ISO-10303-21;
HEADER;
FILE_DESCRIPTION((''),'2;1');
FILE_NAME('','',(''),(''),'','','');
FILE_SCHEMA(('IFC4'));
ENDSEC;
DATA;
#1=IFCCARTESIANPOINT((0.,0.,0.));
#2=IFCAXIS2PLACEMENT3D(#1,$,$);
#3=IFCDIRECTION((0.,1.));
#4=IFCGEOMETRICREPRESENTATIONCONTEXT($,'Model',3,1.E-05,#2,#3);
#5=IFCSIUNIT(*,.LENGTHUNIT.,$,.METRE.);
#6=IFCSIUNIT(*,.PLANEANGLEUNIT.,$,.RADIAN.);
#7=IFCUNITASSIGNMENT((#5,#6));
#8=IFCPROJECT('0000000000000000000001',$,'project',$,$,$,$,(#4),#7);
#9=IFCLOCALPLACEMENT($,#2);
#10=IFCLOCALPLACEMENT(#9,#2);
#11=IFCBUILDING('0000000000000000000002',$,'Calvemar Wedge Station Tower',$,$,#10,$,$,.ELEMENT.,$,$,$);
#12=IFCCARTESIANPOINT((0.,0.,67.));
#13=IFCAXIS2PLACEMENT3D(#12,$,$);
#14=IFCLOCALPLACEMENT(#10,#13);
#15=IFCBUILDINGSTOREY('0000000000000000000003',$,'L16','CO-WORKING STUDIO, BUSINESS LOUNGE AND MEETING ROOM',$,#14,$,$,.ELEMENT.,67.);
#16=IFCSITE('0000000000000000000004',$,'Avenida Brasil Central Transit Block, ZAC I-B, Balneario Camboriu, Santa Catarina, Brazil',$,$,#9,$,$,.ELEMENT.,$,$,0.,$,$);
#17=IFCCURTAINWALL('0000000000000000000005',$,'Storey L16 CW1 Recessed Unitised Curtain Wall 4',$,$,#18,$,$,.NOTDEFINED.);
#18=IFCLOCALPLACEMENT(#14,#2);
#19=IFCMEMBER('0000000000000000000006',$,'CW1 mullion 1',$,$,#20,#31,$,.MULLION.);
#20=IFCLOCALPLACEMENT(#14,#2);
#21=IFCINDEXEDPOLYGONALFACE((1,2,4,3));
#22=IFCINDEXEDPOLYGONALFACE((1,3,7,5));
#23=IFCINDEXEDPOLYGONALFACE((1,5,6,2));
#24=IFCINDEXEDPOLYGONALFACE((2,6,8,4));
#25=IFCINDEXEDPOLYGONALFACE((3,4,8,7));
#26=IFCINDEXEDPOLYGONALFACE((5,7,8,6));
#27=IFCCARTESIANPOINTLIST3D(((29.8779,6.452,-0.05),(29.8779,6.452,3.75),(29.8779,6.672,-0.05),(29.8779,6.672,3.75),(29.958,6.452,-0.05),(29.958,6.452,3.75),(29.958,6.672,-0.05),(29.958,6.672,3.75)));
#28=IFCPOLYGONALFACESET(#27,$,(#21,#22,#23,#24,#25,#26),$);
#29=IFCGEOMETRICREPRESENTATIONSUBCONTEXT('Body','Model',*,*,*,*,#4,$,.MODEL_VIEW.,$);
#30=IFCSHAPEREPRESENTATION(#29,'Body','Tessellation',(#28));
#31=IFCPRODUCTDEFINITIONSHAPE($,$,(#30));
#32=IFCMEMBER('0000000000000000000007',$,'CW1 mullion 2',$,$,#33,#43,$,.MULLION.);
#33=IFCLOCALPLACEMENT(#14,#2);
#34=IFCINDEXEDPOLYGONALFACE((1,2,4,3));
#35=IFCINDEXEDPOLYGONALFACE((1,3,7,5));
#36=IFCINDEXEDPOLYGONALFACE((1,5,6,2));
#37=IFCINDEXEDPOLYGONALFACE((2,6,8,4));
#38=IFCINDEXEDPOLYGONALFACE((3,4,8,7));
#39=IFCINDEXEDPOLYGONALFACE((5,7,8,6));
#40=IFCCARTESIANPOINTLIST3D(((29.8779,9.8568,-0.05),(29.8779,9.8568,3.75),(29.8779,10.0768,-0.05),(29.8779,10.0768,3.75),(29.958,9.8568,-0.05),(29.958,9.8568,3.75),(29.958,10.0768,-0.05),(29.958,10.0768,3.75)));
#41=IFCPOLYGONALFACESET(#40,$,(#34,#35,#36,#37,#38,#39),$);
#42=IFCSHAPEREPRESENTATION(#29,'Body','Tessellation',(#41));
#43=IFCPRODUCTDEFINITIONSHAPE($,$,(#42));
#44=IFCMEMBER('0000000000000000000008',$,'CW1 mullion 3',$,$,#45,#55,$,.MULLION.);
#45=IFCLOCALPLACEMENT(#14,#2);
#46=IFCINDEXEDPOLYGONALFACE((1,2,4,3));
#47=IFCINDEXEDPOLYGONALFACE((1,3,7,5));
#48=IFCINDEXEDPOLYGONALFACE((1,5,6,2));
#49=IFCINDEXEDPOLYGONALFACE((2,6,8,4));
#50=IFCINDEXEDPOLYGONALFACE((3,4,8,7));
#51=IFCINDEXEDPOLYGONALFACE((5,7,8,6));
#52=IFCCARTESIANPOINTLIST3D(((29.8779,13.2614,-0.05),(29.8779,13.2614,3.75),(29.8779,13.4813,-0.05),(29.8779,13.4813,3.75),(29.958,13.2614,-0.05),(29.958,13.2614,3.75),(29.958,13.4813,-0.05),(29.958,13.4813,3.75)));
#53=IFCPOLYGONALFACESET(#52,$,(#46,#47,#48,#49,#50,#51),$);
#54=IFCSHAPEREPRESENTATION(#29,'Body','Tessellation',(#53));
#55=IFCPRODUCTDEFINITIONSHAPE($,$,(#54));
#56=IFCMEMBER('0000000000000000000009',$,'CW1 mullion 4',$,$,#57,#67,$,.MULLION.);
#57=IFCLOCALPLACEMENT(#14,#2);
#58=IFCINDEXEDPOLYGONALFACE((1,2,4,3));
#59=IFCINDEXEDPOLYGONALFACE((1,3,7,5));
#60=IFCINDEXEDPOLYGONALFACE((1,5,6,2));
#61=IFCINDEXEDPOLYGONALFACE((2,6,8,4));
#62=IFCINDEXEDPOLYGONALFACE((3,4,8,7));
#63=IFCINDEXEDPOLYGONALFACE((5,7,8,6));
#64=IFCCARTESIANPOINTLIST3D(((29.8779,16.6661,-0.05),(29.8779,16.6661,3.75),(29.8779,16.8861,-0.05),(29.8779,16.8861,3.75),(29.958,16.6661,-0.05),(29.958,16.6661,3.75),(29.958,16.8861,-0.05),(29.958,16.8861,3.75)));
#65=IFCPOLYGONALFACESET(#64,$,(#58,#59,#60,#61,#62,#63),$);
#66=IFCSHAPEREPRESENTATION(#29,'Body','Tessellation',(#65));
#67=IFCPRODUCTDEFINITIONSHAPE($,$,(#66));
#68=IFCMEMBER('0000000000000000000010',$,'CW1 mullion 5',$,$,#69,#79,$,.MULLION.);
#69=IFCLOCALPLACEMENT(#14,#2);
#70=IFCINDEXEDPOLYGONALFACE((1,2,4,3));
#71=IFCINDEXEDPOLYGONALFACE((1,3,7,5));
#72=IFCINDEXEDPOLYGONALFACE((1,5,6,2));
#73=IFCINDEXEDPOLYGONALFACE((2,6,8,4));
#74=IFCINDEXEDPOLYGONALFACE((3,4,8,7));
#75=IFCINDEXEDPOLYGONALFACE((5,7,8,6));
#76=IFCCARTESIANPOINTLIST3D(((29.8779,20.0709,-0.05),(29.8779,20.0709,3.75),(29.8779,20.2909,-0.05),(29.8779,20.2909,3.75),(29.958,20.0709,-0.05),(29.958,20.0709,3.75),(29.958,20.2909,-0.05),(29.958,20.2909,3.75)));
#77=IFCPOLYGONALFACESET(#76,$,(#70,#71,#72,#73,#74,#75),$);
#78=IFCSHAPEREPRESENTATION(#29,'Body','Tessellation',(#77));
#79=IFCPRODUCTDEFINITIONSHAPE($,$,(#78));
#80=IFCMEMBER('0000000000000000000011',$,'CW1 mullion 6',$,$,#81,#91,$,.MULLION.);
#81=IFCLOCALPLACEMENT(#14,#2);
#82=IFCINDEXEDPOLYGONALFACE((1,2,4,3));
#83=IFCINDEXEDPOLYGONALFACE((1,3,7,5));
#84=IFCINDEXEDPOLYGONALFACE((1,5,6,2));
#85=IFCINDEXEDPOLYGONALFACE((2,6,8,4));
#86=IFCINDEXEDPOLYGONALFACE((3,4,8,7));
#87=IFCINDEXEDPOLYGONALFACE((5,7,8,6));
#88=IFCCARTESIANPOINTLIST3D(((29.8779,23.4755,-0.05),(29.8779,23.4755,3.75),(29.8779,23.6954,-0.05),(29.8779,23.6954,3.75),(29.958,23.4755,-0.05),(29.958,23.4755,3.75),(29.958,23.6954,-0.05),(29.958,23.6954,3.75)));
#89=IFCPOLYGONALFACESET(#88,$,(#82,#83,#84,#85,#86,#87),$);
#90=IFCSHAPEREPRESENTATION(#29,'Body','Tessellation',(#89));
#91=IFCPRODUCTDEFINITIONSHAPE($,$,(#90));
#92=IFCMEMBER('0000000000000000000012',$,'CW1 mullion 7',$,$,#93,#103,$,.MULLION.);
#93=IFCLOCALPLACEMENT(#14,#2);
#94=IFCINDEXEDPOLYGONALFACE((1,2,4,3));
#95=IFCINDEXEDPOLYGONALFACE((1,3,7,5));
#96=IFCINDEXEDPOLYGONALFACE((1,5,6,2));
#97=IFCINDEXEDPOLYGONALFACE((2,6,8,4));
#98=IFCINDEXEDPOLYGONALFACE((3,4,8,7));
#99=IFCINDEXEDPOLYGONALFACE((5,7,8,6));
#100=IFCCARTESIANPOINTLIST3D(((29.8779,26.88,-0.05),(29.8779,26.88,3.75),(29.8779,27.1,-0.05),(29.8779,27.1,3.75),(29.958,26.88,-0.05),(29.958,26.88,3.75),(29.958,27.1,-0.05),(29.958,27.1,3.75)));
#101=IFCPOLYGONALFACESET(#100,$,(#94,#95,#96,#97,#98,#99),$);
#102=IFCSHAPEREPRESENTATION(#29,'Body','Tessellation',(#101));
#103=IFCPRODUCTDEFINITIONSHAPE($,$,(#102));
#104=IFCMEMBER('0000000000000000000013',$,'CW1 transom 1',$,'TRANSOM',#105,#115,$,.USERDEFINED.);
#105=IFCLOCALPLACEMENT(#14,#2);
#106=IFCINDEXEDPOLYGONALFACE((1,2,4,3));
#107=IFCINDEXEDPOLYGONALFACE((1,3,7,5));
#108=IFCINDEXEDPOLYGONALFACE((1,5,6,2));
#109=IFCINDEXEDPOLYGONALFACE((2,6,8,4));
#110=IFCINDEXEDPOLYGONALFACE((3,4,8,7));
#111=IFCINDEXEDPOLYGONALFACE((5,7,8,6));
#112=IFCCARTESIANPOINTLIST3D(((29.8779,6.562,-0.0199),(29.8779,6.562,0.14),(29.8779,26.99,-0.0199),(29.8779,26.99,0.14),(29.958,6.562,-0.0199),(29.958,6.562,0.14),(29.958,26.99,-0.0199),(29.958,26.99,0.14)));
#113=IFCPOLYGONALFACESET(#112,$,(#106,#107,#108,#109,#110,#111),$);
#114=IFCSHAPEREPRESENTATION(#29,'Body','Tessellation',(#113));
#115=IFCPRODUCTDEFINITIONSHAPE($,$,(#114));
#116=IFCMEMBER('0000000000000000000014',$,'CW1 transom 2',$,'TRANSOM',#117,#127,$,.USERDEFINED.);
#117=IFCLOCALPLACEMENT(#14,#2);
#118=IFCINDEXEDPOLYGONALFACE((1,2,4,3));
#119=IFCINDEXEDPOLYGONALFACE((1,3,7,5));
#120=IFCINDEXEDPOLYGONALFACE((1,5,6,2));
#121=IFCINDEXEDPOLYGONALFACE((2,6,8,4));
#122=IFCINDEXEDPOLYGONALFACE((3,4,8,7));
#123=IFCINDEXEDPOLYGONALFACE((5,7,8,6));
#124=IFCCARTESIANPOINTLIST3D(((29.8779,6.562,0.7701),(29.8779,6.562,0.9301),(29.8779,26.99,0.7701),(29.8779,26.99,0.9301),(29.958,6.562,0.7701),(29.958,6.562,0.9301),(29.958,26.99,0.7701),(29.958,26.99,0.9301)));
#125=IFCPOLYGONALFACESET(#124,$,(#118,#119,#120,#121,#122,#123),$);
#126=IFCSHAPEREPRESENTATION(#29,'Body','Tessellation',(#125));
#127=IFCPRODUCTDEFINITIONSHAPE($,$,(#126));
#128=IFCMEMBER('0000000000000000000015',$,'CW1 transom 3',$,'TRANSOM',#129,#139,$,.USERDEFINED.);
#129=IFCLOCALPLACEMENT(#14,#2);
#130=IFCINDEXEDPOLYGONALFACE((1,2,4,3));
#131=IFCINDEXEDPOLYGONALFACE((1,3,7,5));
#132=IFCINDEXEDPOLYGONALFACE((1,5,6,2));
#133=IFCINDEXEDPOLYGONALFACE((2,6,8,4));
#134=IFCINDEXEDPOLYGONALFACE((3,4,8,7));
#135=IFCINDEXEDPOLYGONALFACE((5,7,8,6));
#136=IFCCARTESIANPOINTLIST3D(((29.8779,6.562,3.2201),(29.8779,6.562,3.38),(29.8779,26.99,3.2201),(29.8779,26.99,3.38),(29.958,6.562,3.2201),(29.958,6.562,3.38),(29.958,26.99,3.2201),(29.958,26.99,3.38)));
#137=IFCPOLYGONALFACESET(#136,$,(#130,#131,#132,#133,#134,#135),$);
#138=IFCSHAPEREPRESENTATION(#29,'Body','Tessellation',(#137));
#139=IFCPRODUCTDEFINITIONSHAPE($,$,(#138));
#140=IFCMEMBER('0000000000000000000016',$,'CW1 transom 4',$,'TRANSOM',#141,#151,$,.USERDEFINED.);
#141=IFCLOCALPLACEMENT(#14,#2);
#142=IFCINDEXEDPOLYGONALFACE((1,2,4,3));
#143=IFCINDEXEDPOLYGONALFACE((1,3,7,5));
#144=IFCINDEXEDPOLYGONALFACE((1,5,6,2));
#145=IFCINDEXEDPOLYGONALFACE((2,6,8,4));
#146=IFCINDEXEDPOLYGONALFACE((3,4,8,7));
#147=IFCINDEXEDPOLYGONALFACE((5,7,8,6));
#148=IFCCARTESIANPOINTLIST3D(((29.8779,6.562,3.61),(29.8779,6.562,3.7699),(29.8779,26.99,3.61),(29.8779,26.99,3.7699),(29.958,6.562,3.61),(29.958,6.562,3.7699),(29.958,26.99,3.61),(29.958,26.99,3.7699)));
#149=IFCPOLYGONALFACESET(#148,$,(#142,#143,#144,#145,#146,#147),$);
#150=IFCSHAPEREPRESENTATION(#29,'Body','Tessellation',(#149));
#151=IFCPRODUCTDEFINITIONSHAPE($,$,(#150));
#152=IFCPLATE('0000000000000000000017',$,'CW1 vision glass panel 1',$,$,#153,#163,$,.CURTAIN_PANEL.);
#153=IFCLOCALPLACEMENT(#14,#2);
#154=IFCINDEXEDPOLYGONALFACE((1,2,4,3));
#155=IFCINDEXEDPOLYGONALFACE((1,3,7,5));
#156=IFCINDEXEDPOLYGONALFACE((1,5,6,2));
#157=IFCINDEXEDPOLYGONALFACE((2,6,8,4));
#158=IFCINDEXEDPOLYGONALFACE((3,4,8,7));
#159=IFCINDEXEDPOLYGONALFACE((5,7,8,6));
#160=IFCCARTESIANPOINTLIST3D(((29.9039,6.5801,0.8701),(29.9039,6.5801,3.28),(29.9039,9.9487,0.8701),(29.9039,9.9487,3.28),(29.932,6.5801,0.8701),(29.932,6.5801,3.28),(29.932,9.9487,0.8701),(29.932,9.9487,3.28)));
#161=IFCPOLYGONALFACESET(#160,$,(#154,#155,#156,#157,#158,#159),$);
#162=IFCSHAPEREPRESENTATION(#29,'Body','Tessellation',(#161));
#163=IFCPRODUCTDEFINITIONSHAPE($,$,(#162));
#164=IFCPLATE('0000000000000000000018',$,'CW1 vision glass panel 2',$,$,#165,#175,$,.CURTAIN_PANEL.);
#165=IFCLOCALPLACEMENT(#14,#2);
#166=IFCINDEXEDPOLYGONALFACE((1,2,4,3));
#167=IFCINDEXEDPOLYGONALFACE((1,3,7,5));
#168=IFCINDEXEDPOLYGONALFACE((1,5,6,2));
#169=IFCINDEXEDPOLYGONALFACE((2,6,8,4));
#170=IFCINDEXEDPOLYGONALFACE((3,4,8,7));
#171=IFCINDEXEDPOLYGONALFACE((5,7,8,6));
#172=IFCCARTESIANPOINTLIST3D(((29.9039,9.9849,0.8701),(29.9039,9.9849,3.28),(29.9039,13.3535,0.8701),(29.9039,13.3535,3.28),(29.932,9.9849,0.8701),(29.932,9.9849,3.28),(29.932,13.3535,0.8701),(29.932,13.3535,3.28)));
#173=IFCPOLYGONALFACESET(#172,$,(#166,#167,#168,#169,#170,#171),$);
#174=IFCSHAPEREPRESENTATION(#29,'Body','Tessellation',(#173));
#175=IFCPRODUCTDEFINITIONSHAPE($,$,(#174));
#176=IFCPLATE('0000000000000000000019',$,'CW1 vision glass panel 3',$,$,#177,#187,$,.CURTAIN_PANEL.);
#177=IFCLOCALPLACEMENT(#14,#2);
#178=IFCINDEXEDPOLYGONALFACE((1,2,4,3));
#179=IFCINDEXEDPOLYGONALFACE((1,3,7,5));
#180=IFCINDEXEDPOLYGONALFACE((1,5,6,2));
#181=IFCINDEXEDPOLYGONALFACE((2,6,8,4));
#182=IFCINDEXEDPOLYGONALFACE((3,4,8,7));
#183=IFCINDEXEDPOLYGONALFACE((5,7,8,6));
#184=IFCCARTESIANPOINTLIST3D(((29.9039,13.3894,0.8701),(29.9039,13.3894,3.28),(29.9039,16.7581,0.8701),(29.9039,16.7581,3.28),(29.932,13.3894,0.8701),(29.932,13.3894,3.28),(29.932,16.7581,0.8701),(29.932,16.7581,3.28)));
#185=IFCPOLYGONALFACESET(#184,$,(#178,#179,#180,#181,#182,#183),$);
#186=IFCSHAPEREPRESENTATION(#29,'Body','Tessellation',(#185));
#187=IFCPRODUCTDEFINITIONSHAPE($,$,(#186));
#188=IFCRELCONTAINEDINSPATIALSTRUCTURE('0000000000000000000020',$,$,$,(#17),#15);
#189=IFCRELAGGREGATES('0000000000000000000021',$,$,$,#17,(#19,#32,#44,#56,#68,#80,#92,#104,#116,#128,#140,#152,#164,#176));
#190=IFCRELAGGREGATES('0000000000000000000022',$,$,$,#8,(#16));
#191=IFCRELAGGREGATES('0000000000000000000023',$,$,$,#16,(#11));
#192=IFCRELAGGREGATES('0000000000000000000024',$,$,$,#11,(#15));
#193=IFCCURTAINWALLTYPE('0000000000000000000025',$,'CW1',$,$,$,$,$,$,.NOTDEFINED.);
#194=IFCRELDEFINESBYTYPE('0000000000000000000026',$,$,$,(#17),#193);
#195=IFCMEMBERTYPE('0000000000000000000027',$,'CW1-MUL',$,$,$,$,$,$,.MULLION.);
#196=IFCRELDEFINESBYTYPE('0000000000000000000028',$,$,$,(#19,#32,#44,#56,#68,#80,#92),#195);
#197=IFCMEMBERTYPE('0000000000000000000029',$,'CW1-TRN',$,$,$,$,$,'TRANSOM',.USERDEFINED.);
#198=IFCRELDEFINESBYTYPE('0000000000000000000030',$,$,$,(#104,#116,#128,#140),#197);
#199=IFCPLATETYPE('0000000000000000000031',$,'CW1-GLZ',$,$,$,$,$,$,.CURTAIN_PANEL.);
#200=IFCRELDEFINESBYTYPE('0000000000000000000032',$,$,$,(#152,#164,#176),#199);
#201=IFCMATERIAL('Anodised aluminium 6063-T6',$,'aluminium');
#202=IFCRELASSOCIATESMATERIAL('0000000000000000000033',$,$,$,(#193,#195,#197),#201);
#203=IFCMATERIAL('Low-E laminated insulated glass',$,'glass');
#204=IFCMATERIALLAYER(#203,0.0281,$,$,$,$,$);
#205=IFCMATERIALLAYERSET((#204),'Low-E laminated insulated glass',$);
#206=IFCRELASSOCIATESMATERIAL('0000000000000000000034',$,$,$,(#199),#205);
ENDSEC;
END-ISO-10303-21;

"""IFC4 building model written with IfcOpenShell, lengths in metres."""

from ifc_helpers import new_model, si_unit, direction, frame, frame_2d, origin, origin_2d, place, context, subcontext, project, spatial, rectangle, extrude, source, transform, mapped, material, layer, layer_set, material_profile, profile_set, type_object, element, aggregate, save


model = new_model("IFC4")

# Units and contexts
model_context = context("Model", 3, precision=1e-05, world=origin(), true_north=direction((0.0, 1.0)))
body_context = subcontext(model_context, "Body", "Model", "MODEL_VIEW")
ifc_project = project(units=[si_unit("LENGTHUNIT", "METRE"), si_unit("PLANEANGLEUNIT", "RADIAN")], contexts=[model_context])

# Site, building, storey
site_placement = place(None, origin())
site = spatial("IfcSite", under=ifc_project, at=site_placement, Name="Avenida Brasil Central Transit Block, ZAC I-B, Balneario Camboriu, Santa Catarina, Brazil", CompositionType="ELEMENT", RefElevation=0.0)
building_placement = place(site_placement, origin())
building = spatial("IfcBuilding", under=site, at=building_placement, Name="Calvemar Wedge Station Tower", CompositionType="ELEMENT")
storey_placement = place(building_placement, frame((0.0, 0.0, 67.0)))
storey = spatial("IfcBuildingStorey", under=building, at=storey_placement, Name="L16", Description="CO-WORKING STUDIO, BUSINESS LOUNGE AND MEETING ROOM", CompositionType="ELEMENT", Elevation=67.0)

# Curtain wall, members, plates
ifc_material_1 = material(Name="Anodised aluminium 6063-T6", Category="aluminium")
curtain_wall_type = type_object("IfcCurtainWallType", Name="CW1", PredefinedType="NOTDEFINED", material=ifc_material_1)
curtain_wall_placement = place(storey_placement, origin())
curtain_wall = element("IfcCurtainWall", 1, at=curtain_wall_placement, inside=storey, type_object=curtain_wall_type, Name="Storey L16 CW1 Recessed Unitised Curtain Wall 4", PredefinedType="NOTDEFINED")
ifc_material_profile_1 = material_profile(ifc_material_1, rectangle(XDim=0.0801, YDim=0.22, at=origin_2d()), Name="AL-MUL-80x220")
ifc_profile_set_1 = profile_set([ifc_material_profile_1], Name="Anodised aluminium 6063-T6")
member_type_1 = type_object("IfcMemberType", Name="CW1-MUL", PredefinedType="MULLION", material=ifc_profile_set_1)
shared_shape_1 = source(origin(), body_context, "Body", "SweptSolid", [
    extrude(rectangle(XDim=0.0801, YDim=0.22, at=origin_2d()), origin(), (0.0, 0.0, 1.0), 3.8),
])
member_1_placement = place(storey_placement, frame((29.918, 6.562, -0.05), z_axis=(0.0, 0.0, 1.0), x_axis=(1.0, 0.0, 0.0)))
member_1 = element("IfcMember", 2, at=member_1_placement, type_object=member_type_1, Name="CW1 mullion 1", PredefinedType="MULLION", context=body_context, shape_type="MappedRepresentation", body=[
    mapped(shared_shape_1, transform((0.0, 0.0, 0.0), scale=1.0)),
])
member_2_placement = place(storey_placement, frame((29.918, 9.9668, -0.05), z_axis=(0.0, 0.0, 1.0), x_axis=(1.0, 0.0, 0.0)))
member_2 = element("IfcMember", 3, at=member_2_placement, type_object=member_type_1, Name="CW1 mullion 2", PredefinedType="MULLION", context=body_context, shape_type="MappedRepresentation", body=[
    mapped(shared_shape_1, transform((0.0, 0.0, 0.0), scale=1.0)),
])
member_3_placement = place(storey_placement, frame((29.918, 13.3713, -0.05), z_axis=(0.0, 0.0, 1.0), x_axis=(1.0, 0.0, 0.0)))
member_3 = element("IfcMember", 4, at=member_3_placement, type_object=member_type_1, Name="CW1 mullion 3", PredefinedType="MULLION", context=body_context, shape_type="MappedRepresentation", body=[
    mapped(shared_shape_1, transform((0.0, 0.0, 0.0), scale=1.0)),
])
member_4_placement = place(storey_placement, frame((29.918, 16.7761, -0.05), z_axis=(0.0, 0.0, 1.0), x_axis=(1.0, 0.0, 0.0)))
member_4 = element("IfcMember", 5, at=member_4_placement, type_object=member_type_1, Name="CW1 mullion 4", PredefinedType="MULLION", context=body_context, shape_type="MappedRepresentation", body=[
    mapped(shared_shape_1, transform((0.0, 0.0, 0.0), scale=1.0)),
])
member_5_placement = place(storey_placement, frame((29.918, 20.1809, -0.05), z_axis=(0.0, 0.0, 1.0), x_axis=(1.0, 0.0, 0.0)))
member_5 = element("IfcMember", 6, at=member_5_placement, type_object=member_type_1, Name="CW1 mullion 5", PredefinedType="MULLION", context=body_context, shape_type="MappedRepresentation", body=[
    mapped(shared_shape_1, transform((0.0, 0.0, 0.0), scale=1.0)),
])
member_6_placement = place(storey_placement, frame((29.918, 23.5854, -0.05), z_axis=(0.0, 0.0, 1.0), x_axis=(1.0, 0.0, 0.0)))
member_6 = element("IfcMember", 7, at=member_6_placement, type_object=member_type_1, Name="CW1 mullion 6", PredefinedType="MULLION", context=body_context, shape_type="MappedRepresentation", body=[
    mapped(shared_shape_1, transform((0.0, 0.0, 0.0), scale=1.0)),
])
member_7_placement = place(storey_placement, frame((29.918, 26.99, -0.05), z_axis=(0.0, 0.0, 1.0), x_axis=(1.0, 0.0, 0.0)))
member_7 = element("IfcMember", 8, at=member_7_placement, type_object=member_type_1, Name="CW1 mullion 7", PredefinedType="MULLION", context=body_context, shape_type="MappedRepresentation", body=[
    mapped(shared_shape_1, transform((0.0, 0.0, 0.0), scale=1.0)),
])
ifc_material_profile_2 = material_profile(ifc_material_1, rectangle(XDim=0.0801, YDim=0.1599, at=origin_2d()), Name="AL-TRN-80x160")
ifc_profile_set_2 = profile_set([ifc_material_profile_2], Name="Anodised aluminium 6063-T6")
member_type_2 = type_object("IfcMemberType", Name="CW1-TRN", ElementType="TRANSOM", PredefinedType="USERDEFINED", material=ifc_profile_set_2)
shared_shape_2 = source(origin(), body_context, "Body", "SweptSolid", [
    extrude(rectangle(XDim=0.0801, YDim=0.1599, at=origin_2d()), origin(), (0.0, 0.0, 1.0), 20.428),
])
member_8_placement = place(storey_placement, frame((29.918, 6.562, 0.0601), z_axis=(0.0, 1.0, 0.0), x_axis=(-1.0, 0.0, 0.0)))
member_8 = element("IfcMember", 9, at=member_8_placement, type_object=member_type_2, Name="CW1 transom 1", ObjectType="TRANSOM", PredefinedType="USERDEFINED", context=body_context, shape_type="MappedRepresentation", body=[
    mapped(shared_shape_2, transform((0.0, 0.0, 0.0), scale=1.0)),
])
member_9_placement = place(storey_placement, frame((29.918, 6.562, 0.8501), z_axis=(0.0, 1.0, 0.0), x_axis=(-1.0, 0.0, 0.0)))
member_9 = element("IfcMember", 10, at=member_9_placement, type_object=member_type_2, Name="CW1 transom 2", ObjectType="TRANSOM", PredefinedType="USERDEFINED", context=body_context, shape_type="MappedRepresentation", body=[
    mapped(shared_shape_2, transform((0.0, 0.0, 0.0), scale=1.0)),
])
member_10_placement = place(storey_placement, frame((29.918, 6.562, 3.3), z_axis=(0.0, 1.0, 0.0), x_axis=(-1.0, 0.0, 0.0)))
member_10 = element("IfcMember", 11, at=member_10_placement, type_object=member_type_2, Name="CW1 transom 3", ObjectType="TRANSOM", PredefinedType="USERDEFINED", context=body_context, shape_type="MappedRepresentation", body=[
    mapped(shared_shape_2, transform((0.0, 0.0, 0.0), scale=1.0)),
])
member_11_placement = place(storey_placement, frame((29.918, 6.562, 3.6899), z_axis=(0.0, 1.0, 0.0), x_axis=(-1.0, 0.0, 0.0)))
member_11 = element("IfcMember", 12, at=member_11_placement, type_object=member_type_2, Name="CW1 transom 4", ObjectType="TRANSOM", PredefinedType="USERDEFINED", context=body_context, shape_type="MappedRepresentation", body=[
    mapped(shared_shape_2, transform((0.0, 0.0, 0.0), scale=1.0)),
])
ifc_material_2 = material(Name="Low-E laminated insulated glass", Category="glass")
ifc_layer_1 = layer(ifc_material_2, 0.0281)
ifc_layer_set_1 = layer_set([ifc_layer_1], Name="Low-E laminated insulated glass")
plate_type_1 = type_object("IfcPlateType", Name="CW1-GLZ", PredefinedType="CURTAIN_PANEL", material=ifc_layer_set_1)
plate_1_placement = place(storey_placement, frame((29.918, 6.5801, 0.8701), z_axis=(0.0, 0.0, 1.0), x_axis=(0.0, 1.0, 0.0)))
plate_1 = element("IfcPlate", 13, at=plate_1_placement, type_object=plate_type_1, Name="CW1 vision glass panel 1", PredefinedType="CURTAIN_PANEL", context=body_context, shape_type="SweptSolid", body=[
    extrude(rectangle(XDim=3.3687, YDim=0.0281, at=frame_2d((1.6843, 0.0))), origin(), (0.0, 0.0, 1.0), 2.4099),
])
plate_2_placement = place(storey_placement, frame((29.918, 9.9849, 0.8701), z_axis=(0.0, 0.0, 1.0), x_axis=(0.0, 1.0, 0.0)))
plate_2 = element("IfcPlate", 14, at=plate_2_placement, type_object=plate_type_1, Name="CW1 vision glass panel 2", PredefinedType="CURTAIN_PANEL", context=body_context, shape_type="SweptSolid", body=[
    extrude(rectangle(XDim=3.3687, YDim=0.0281, at=frame_2d((1.6843, 0.0))), origin(), (0.0, 0.0, 1.0), 2.4099),
])
plate_3_placement = place(storey_placement, frame((29.918, 13.3894, 0.8701), z_axis=(0.0, 0.0, 1.0), x_axis=(0.0, 1.0, 0.0)))
plate_3 = element("IfcPlate", 15, at=plate_3_placement, type_object=plate_type_1, Name="CW1 vision glass panel 3", PredefinedType="CURTAIN_PANEL", context=body_context, shape_type="SweptSolid", body=[
    extrude(rectangle(XDim=3.3687, YDim=0.0281, at=frame_2d((1.6843, 0.0))), origin(), (0.0, 0.0, 1.0), 2.4099),
])
aggregate(curtain_wall, [member_1, member_2, member_3, member_4, member_5, member_6, member_7, member_8, member_9, member_10, member_11, plate_1, plate_2, plate_3])

save(model, "model.ifc")
